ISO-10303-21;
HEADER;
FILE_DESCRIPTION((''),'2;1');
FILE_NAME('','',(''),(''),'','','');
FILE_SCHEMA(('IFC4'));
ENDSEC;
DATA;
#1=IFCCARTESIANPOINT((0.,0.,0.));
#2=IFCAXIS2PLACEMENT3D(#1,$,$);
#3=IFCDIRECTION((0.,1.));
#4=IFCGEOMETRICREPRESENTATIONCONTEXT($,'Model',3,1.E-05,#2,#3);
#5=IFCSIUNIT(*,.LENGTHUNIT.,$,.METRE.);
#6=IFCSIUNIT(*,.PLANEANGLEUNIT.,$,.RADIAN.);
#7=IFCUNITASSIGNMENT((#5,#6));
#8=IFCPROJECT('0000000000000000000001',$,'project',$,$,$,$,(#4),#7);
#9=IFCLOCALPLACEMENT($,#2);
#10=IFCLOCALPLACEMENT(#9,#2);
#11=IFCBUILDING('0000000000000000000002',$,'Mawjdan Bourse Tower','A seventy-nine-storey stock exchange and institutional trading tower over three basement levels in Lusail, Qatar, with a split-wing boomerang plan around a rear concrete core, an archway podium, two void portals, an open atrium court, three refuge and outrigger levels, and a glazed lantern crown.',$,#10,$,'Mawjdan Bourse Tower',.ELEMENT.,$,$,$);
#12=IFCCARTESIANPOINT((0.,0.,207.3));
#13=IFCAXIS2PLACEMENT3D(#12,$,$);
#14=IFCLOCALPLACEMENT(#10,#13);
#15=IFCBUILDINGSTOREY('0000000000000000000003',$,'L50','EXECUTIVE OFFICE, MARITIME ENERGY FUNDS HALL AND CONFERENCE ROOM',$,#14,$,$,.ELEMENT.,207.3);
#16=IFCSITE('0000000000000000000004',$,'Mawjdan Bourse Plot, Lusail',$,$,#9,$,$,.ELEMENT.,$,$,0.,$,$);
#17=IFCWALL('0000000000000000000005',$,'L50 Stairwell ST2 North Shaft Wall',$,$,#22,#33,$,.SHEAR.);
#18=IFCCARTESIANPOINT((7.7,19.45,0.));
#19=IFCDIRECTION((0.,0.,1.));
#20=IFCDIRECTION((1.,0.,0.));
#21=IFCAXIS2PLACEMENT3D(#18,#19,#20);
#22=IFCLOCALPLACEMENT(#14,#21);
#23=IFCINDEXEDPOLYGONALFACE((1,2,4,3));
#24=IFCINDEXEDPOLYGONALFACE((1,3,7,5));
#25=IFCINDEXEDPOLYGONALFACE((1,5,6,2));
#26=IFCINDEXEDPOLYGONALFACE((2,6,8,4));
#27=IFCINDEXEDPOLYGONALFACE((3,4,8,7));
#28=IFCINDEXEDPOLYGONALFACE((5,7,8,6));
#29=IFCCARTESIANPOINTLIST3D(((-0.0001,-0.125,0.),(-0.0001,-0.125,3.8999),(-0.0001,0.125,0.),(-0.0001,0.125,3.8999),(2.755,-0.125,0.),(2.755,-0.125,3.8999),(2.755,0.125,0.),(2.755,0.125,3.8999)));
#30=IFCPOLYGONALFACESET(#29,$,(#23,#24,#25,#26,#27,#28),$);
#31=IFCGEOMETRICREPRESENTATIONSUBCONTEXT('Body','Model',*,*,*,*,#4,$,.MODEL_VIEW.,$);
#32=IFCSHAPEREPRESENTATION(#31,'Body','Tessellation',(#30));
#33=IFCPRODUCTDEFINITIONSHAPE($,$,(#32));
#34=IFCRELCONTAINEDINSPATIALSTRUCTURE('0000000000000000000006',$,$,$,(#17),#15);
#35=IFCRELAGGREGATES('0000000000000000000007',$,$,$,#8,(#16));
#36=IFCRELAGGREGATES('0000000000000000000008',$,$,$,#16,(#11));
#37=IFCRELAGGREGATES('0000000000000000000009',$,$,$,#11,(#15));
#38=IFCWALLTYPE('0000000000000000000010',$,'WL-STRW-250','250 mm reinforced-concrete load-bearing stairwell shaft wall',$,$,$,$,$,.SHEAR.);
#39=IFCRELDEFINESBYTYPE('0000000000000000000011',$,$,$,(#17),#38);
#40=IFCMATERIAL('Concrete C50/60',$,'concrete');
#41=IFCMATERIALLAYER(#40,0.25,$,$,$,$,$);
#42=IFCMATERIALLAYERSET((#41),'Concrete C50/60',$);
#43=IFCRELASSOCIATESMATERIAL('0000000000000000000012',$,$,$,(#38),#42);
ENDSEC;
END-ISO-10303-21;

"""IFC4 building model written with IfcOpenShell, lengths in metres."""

from ifc_helpers import new_model, si_unit, direction, frame, frame_2d, origin, place, context, subcontext, project, spatial, rectangle, extrude, material, layer, layer_set, type_object, element, save


model = new_model("IFC4")

# Units and contexts
model_context = context("Model", 3, precision=1e-05, world=origin(), true_north=direction((0.0, 1.0)))
body_context = subcontext(model_context, "Body", "Model", "MODEL_VIEW")
ifc_project = project(units=[si_unit("LENGTHUNIT", "METRE"), si_unit("PLANEANGLEUNIT", "RADIAN")], contexts=[model_context])

# Site, building, storey
site_placement = place(None, origin())
site = spatial("IfcSite", under=ifc_project, at=site_placement, Name="Mawjdan Bourse Plot, Lusail", CompositionType="ELEMENT", RefElevation=0.0)
building_placement = place(site_placement, origin())
building = spatial("IfcBuilding", under=site, at=building_placement, Name="Mawjdan Bourse Tower", Description="A seventy-nine-storey stock exchange and institutional trading tower over three basement levels in Lusail, Qatar, with a split-wing boomerang plan around a rear concrete core, an archway podium, two void portals, an open atrium court, three refuge and outrigger levels, and a glazed lantern crown.", LongName="Mawjdan Bourse Tower", CompositionType="ELEMENT")
storey_placement = place(building_placement, frame((0.0, 0.0, 207.3)))
storey = spatial("IfcBuildingStorey", under=building, at=storey_placement, Name="L50", Description="EXECUTIVE OFFICE, MARITIME ENERGY FUNDS HALL AND CONFERENCE ROOM", CompositionType="ELEMENT", Elevation=207.3)

# Wall
ifc_material_1 = material(Name="Concrete C50/60", Category="concrete")
ifc_layer_1 = layer(ifc_material_1, 0.25)
ifc_layer_set_1 = layer_set([ifc_layer_1], Name="Concrete C50/60")
wall_type_1 = type_object("IfcWallType", Name="WL-STRW-250", Description="250 mm reinforced-concrete load-bearing stairwell shaft wall", PredefinedType="SHEAR", material=ifc_layer_set_1)
wall_1_placement = place(storey_placement, frame((7.7, 19.45, 0.0), z_axis=(0.0, 0.0, 1.0), x_axis=(1.0, 0.0, 0.0)))
element("IfcWall", 1, at=wall_1_placement, inside=storey, type_object=wall_type_1, Name="L50 Stairwell ST2 North Shaft Wall", PredefinedType="SHEAR", context=body_context, shape_type="SweptSolid", body=[
    extrude(rectangle(XDim=2.7551, YDim=0.25, at=frame_2d((1.3774, 0.0))), origin(), (0.0, 0.0, 1.0), 3.8999),
])

save(model, "model.ifc")
